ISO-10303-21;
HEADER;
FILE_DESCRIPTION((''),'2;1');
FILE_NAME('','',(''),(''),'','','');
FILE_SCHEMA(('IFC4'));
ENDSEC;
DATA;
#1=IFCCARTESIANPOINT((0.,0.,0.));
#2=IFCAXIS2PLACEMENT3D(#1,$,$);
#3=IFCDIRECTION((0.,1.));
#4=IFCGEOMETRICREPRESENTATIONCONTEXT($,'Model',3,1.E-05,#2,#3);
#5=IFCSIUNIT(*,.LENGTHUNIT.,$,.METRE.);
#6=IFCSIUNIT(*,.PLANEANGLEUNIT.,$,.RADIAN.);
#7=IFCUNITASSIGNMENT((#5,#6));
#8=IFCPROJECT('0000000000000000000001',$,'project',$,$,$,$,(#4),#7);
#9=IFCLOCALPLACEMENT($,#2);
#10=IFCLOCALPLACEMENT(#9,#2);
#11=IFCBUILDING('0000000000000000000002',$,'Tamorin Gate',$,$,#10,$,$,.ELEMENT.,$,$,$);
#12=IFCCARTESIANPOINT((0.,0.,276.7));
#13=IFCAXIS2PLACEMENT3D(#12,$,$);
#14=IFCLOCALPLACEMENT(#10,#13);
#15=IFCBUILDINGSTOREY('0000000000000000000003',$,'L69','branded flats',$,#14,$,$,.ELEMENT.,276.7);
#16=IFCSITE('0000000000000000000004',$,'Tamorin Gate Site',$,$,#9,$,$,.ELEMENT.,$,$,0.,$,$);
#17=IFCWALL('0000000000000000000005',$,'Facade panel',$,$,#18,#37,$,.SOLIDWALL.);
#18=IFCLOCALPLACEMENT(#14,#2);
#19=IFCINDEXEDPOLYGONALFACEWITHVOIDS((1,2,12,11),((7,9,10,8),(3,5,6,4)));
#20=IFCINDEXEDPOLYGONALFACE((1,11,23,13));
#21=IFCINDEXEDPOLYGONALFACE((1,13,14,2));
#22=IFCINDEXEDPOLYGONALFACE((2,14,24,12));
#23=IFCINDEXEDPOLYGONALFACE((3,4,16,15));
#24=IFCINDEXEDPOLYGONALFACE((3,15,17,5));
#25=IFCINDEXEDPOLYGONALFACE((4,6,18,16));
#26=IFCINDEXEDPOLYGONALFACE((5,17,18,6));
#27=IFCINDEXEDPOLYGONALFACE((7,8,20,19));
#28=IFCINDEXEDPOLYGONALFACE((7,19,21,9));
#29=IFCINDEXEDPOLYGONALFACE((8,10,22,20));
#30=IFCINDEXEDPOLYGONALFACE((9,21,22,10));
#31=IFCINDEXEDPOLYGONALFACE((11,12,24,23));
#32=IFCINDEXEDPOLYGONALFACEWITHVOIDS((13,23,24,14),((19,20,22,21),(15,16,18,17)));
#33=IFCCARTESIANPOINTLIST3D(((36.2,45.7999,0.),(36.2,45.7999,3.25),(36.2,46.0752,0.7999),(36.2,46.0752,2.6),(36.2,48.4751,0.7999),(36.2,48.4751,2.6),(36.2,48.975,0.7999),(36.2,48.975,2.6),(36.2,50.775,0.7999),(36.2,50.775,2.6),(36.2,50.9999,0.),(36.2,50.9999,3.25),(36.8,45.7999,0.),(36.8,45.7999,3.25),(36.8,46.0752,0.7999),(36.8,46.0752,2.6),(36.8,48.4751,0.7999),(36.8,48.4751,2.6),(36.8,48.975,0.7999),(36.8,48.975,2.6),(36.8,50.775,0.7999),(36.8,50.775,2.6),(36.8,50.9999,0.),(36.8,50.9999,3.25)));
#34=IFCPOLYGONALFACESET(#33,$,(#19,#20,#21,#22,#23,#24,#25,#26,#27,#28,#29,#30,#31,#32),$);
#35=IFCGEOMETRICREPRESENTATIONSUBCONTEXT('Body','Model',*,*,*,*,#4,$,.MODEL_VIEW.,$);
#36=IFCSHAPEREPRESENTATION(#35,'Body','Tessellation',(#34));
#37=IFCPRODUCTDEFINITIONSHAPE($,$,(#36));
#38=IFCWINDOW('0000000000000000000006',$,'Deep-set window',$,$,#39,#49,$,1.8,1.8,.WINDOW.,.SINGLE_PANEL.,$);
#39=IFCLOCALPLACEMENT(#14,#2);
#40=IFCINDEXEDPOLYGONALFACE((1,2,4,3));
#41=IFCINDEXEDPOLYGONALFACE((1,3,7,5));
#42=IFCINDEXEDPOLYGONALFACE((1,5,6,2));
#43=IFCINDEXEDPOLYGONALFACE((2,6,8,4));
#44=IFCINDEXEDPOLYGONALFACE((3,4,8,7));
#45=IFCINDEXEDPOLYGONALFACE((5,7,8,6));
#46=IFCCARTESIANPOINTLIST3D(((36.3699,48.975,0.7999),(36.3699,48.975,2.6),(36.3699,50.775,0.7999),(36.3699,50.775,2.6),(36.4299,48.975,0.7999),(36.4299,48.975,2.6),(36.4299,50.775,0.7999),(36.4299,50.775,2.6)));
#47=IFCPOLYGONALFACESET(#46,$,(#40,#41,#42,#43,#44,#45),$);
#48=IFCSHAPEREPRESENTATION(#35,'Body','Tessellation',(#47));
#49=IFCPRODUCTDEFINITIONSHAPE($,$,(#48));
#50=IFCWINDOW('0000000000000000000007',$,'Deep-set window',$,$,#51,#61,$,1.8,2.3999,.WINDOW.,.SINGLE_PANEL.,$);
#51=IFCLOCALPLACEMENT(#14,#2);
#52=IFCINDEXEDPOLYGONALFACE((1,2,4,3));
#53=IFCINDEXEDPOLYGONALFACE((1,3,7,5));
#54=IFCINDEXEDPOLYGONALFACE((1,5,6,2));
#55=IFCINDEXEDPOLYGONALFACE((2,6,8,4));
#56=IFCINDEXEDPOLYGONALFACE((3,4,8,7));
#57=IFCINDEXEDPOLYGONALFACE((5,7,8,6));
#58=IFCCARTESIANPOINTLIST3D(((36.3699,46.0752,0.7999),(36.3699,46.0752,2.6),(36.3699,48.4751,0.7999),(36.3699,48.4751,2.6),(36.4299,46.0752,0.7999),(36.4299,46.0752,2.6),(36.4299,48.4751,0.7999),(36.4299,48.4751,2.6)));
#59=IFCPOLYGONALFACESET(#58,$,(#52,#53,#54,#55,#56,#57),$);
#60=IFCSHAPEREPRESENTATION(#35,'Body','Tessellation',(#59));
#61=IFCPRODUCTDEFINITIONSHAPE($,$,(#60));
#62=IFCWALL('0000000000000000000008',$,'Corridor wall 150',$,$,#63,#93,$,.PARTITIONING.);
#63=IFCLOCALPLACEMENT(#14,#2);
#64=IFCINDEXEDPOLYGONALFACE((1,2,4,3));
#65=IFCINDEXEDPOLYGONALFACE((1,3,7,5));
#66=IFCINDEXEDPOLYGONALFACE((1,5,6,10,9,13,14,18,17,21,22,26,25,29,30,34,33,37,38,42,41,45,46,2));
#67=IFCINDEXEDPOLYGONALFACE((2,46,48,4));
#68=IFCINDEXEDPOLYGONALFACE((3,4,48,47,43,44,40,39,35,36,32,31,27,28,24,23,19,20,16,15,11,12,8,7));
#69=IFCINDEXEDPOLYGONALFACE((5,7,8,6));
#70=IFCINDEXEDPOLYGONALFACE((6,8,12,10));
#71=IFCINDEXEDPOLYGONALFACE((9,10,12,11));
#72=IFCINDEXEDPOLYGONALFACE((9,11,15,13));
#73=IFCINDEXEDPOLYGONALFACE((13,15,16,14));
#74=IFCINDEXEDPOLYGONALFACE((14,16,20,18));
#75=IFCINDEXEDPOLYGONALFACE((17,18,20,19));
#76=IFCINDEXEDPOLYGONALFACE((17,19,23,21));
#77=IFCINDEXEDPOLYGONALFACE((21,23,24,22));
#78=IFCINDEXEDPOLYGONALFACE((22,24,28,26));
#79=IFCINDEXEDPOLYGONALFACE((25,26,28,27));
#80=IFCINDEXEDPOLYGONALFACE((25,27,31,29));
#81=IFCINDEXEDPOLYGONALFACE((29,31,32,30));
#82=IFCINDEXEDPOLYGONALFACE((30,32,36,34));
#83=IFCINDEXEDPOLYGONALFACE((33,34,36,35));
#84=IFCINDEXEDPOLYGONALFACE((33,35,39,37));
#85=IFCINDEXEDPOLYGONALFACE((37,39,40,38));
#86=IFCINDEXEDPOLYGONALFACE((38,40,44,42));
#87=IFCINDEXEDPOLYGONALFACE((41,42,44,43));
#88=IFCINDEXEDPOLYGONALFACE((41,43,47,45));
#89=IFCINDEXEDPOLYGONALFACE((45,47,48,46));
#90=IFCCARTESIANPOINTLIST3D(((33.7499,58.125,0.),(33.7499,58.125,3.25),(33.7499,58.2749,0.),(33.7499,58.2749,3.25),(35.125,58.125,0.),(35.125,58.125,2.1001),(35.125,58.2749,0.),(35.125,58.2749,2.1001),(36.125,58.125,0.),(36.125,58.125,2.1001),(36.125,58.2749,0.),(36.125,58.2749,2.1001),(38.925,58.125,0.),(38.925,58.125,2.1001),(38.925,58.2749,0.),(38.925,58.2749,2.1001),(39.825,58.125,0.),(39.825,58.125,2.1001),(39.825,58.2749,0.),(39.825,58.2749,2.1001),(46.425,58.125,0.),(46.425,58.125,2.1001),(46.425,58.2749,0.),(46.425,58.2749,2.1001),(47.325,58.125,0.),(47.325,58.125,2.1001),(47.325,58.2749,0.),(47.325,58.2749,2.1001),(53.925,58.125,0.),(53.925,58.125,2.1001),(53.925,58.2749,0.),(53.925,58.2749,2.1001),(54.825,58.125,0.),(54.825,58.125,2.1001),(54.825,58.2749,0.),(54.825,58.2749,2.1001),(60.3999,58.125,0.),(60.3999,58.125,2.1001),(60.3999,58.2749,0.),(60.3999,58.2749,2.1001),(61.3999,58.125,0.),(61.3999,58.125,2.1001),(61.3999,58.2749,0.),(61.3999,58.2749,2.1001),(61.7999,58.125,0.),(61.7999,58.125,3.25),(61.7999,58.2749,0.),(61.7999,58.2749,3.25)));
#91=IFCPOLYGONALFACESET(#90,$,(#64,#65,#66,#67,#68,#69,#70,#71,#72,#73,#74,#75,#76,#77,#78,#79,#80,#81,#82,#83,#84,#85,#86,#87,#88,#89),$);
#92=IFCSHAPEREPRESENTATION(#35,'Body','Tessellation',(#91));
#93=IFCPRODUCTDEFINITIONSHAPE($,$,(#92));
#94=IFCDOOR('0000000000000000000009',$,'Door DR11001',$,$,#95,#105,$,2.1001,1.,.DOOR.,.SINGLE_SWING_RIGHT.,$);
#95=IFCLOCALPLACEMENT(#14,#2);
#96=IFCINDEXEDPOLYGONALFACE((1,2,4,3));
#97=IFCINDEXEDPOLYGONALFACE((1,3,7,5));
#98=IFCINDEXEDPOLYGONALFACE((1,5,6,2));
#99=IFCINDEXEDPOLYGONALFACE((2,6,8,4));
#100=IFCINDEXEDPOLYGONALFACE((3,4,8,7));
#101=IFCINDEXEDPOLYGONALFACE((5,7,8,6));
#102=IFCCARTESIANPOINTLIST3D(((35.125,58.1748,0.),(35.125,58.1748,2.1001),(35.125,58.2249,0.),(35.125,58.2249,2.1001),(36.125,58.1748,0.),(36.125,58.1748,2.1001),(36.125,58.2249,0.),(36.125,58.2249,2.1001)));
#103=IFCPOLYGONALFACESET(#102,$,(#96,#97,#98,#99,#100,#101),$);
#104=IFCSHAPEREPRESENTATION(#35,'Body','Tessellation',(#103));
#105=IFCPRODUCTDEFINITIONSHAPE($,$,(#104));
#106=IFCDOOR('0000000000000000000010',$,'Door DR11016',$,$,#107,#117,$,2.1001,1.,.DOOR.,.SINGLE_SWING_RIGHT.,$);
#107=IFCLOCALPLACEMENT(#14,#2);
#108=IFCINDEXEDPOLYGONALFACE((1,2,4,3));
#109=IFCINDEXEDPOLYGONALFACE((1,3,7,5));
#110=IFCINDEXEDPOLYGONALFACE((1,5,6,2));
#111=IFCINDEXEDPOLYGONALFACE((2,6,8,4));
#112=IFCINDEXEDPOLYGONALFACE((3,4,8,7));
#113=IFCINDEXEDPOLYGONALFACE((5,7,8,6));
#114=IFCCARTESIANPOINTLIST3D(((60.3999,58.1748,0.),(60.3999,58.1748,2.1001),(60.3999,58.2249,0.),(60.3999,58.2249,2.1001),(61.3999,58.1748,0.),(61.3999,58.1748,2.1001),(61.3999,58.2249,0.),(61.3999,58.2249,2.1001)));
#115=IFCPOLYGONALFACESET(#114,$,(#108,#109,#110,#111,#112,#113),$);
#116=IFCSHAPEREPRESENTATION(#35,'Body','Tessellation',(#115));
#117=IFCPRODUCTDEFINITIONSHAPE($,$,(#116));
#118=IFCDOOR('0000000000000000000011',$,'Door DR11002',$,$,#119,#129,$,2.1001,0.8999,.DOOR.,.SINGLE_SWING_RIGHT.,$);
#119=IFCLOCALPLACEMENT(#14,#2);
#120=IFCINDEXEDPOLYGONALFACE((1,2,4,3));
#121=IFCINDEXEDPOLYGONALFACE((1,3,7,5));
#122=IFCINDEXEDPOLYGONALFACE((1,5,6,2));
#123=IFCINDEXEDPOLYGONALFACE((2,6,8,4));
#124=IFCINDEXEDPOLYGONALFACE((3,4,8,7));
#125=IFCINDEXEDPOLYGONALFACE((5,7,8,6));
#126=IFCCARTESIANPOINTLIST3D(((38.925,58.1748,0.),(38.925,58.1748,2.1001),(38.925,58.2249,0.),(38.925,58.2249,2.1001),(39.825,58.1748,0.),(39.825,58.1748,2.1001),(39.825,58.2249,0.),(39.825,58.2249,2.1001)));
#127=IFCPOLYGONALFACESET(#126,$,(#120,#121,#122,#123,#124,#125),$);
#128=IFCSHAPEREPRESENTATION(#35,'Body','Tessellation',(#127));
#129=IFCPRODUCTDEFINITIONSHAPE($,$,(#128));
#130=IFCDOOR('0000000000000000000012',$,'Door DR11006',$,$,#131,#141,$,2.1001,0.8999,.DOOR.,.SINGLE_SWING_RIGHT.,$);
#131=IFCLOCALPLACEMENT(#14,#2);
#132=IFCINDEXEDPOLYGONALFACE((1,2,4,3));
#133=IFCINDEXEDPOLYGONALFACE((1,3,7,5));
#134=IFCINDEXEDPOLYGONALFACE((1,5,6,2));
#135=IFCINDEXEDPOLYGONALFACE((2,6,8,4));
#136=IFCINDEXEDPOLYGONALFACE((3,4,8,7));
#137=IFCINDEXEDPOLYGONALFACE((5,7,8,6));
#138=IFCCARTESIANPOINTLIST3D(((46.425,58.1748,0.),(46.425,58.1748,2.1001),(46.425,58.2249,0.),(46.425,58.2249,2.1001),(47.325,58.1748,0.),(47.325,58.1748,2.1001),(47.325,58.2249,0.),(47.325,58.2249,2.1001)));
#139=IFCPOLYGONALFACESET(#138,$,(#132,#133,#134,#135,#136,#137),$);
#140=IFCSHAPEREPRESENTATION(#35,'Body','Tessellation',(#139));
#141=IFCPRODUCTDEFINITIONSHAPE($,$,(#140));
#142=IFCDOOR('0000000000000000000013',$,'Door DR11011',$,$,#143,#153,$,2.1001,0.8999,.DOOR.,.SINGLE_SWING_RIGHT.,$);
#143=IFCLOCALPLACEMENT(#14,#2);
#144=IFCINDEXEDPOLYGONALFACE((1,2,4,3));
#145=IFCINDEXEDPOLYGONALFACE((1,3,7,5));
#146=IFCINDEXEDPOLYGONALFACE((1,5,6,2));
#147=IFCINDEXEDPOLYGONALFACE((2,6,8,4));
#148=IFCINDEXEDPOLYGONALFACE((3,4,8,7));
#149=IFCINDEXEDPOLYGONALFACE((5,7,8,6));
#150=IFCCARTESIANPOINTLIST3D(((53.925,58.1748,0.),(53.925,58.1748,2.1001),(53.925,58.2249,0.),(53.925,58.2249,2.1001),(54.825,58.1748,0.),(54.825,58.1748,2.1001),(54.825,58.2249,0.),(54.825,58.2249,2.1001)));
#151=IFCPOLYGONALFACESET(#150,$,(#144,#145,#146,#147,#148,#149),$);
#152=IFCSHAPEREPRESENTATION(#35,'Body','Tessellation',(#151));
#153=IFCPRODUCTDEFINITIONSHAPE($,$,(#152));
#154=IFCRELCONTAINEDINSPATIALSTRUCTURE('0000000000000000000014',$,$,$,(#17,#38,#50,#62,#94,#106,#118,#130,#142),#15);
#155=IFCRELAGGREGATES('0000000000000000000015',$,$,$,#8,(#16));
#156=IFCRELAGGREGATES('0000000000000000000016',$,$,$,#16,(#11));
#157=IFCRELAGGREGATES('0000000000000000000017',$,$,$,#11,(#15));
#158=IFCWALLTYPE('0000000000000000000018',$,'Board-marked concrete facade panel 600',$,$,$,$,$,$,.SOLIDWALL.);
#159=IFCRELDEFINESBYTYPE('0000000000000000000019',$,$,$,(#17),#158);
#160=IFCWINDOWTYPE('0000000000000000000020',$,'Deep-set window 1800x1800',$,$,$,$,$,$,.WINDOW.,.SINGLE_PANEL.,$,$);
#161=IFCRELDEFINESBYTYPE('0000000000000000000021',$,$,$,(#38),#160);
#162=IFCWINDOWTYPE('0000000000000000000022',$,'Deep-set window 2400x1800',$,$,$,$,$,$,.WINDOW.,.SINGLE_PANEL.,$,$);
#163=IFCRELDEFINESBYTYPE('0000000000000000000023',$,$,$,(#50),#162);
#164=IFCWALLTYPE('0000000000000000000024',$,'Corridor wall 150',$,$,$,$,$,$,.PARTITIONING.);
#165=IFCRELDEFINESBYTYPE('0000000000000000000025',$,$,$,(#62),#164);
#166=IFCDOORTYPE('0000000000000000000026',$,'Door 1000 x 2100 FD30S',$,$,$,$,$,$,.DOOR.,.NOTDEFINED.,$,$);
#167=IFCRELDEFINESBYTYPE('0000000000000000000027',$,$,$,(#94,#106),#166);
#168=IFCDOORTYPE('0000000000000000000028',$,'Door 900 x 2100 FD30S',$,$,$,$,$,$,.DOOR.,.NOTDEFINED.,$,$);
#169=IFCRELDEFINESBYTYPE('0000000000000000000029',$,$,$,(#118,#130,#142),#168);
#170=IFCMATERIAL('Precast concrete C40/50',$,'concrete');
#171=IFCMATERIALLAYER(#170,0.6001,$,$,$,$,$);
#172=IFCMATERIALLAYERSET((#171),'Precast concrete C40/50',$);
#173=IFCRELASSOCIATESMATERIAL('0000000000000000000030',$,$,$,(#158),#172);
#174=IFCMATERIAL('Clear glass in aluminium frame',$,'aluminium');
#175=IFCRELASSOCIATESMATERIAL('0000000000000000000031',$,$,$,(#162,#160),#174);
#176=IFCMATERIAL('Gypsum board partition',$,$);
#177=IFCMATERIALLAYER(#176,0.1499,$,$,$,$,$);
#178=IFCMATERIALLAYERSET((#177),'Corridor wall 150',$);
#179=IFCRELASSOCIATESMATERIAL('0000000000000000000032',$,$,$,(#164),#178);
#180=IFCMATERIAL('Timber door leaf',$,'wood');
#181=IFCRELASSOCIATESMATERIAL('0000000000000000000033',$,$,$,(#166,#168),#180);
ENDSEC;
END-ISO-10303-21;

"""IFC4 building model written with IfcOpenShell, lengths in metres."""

from ifc_helpers import new_model, si_unit, direction, frame, frame_2d, origin, place, context, subcontext, project, spatial, rectangle, extrude, material, layer, layer_set, type_object, element, fill, save


model = new_model("IFC4")

# Units and contexts
model_context = context("Model", 3, precision=1e-05, world=origin(), true_north=direction((0.0, 1.0)))
body_context = subcontext(model_context, "Body", "Model", "MODEL_VIEW")
ifc_project = project(units=[si_unit("LENGTHUNIT", "METRE"), si_unit("PLANEANGLEUNIT", "RADIAN")], contexts=[model_context])

# Site, building, storey
site_placement = place(None, origin())
site = spatial("IfcSite", under=ifc_project, at=site_placement, Name="Tamorin Gate Site", CompositionType="ELEMENT", RefElevation=0.0)
building_placement = place(site_placement, origin())
building = spatial("IfcBuilding", under=site, at=building_placement, Name="Tamorin Gate", CompositionType="ELEMENT")
storey_placement = place(building_placement, frame((0.0, 0.0, 276.7)))
storey = spatial("IfcBuildingStorey", under=building, at=storey_placement, Name="L69", Description="branded flats", CompositionType="ELEMENT", Elevation=276.7)

# Shared definitions
ifc_material_1 = material(Name="Precast concrete C40/50", Category="concrete")
ifc_layer_1 = layer(ifc_material_1, 0.6001)
ifc_layer_set_1 = layer_set([ifc_layer_1], Name="Precast concrete C40/50")
wall_type_1 = type_object("IfcWallType", Name="Board-marked concrete facade panel 600", PredefinedType="SOLIDWALL", material=ifc_layer_set_1)
ifc_material_2 = material(Name="Clear glass in aluminium frame", Category="aluminium")
window_type_1 = type_object("IfcWindowType", Name="Deep-set window 2400x1800", PartitioningType="SINGLE_PANEL", PredefinedType="WINDOW", material=ifc_material_2)

# Wall, openings, windows
window_type_2 = type_object("IfcWindowType", Name="Deep-set window 1800x1800", PartitioningType="SINGLE_PANEL", PredefinedType="WINDOW", material=ifc_material_2)
wall_1_placement = place(storey_placement, frame((36.5, 51.0, 0.0), z_axis=(0.0, 0.0, 1.0), x_axis=(0.0, -1.0, 0.0)))
wall_1 = element("IfcWall", 1, at=wall_1_placement, inside=storey, type_object=wall_type_1, Name="Facade panel", PredefinedType="SOLIDWALL", context=body_context, shape_type="SweptSolid", body=[
    extrude(rectangle(XDim=5.2, YDim=0.6001, at=frame_2d((2.6001, 0.0))), origin(), (0.0, 0.0, 1.0), 3.25),
])
opening_1_placement = place(wall_1_placement, frame((2.5249, 0.0, 0.8)))
opening_1 = element("IfcOpeningElement", 2, at=opening_1_placement, cuts=wall_1, PredefinedType="OPENING", context=body_context, shape_type="SweptSolid", body=[
    extrude(rectangle(XDim=2.3999, YDim=1.8, at=frame_2d((1.2, 0.8999))), frame((0.0, 0.3101, 0.0), z_axis=(0.0, -1.0, 0.0), x_axis=(1.0, 0.0, 0.0)), (0.0, 0.0, 1.0), 0.6201),
])
opening_2_placement = place(wall_1_placement, frame((0.2251, 0.0, 0.8)))
opening_2 = element("IfcOpeningElement", 3, at=opening_2_placement, cuts=wall_1, PredefinedType="OPENING", context=body_context, shape_type="SweptSolid", body=[
    extrude(rectangle(XDim=1.8, YDim=1.8, at=frame_2d((0.8999, 0.8999))), frame((0.0, 0.3101, 0.0), z_axis=(0.0, -1.0, 0.0), x_axis=(1.0, 0.0, 0.0)), (0.0, 0.0, 1.0), 0.6201),
])
window_1_placement = place(opening_2_placement, origin())
window_1 = element("IfcWindow", 4, at=window_1_placement, inside=storey, type_object=window_type_2, Name="Deep-set window", OverallHeight=1.8, OverallWidth=1.8, PartitioningType="SINGLE_PANEL", PredefinedType="WINDOW", context=body_context, shape_type="SweptSolid", body=[
    extrude(rectangle(XDim=1.8, YDim=1.8, at=frame_2d((0.8999, 0.8999))), frame((0.0, -0.0701, 0.0), z_axis=(0.0, -1.0, 0.0), x_axis=(1.0, 0.0, 0.0)), (0.0, 0.0, 1.0), 0.0601),
])
fill(opening_2, window_1)
window_2_placement = place(opening_1_placement, origin())
window_2 = element("IfcWindow", 5, at=window_2_placement, inside=storey, type_object=window_type_1, Name="Deep-set window", OverallHeight=1.8, OverallWidth=2.3999, PartitioningType="SINGLE_PANEL", PredefinedType="WINDOW", context=body_context, shape_type="SweptSolid", body=[
    extrude(rectangle(XDim=2.3999, YDim=1.8, at=frame_2d((1.2, 0.8999))), frame((0.0, -0.0701, 0.0), z_axis=(0.0, -1.0, 0.0), x_axis=(1.0, 0.0, 0.0)), (0.0, 0.0, 1.0), 0.0601),
])
fill(opening_1, window_2)

# Wall, openings, doors
ifc_material_3 = material(Name="Gypsum board partition")
ifc_layer_2 = layer(ifc_material_3, 0.1499)
ifc_layer_set_2 = layer_set([ifc_layer_2], Name="Corridor wall 150")
wall_type_2 = type_object("IfcWallType", Name="Corridor wall 150", PredefinedType="PARTITIONING", material=ifc_layer_set_2)
wall_2_placement = place(storey_placement, frame((33.75, 58.2, 0.0), z_axis=(0.0, 0.0, 1.0), x_axis=(1.0, 0.0, 0.0)))
wall_2 = element("IfcWall", 6, at=wall_2_placement, inside=storey, type_object=wall_type_2, Name="Corridor wall 150", PredefinedType="PARTITIONING", context=body_context, shape_type="SweptSolid", body=[
    extrude(rectangle(XDim=28.05, YDim=0.1499, at=frame_2d((14.0249, 0.0))), origin(), (0.0, 0.0, 1.0), 3.25),
])
opening_3_placement = place(wall_2_placement, frame((1.375, 0.0, 0.0)))
opening_3 = element("IfcOpeningElement", 7, at=opening_3_placement, cuts=wall_2, PredefinedType="OPENING", context=body_context, shape_type="SweptSolid", body=[
    extrude(rectangle(XDim=1.0, YDim=2.1001, at=frame_2d((0.5, 1.05))), frame((0.0, 0.085, 0.0), z_axis=(0.0, -1.0, 0.0), x_axis=(1.0, 0.0, 0.0)), (0.0, 0.0, 1.0), 0.1699),
])
opening_4_placement = place(wall_2_placement, frame((5.175, 0.0, 0.0)))
opening_4 = element("IfcOpeningElement", 8, at=opening_4_placement, cuts=wall_2, PredefinedType="OPENING", context=body_context, shape_type="SweptSolid", body=[
    extrude(rectangle(XDim=0.8999, YDim=2.1001, at=frame_2d((0.45, 1.05))), frame((0.0, 0.085, 0.0), z_axis=(0.0, -1.0, 0.0), x_axis=(1.0, 0.0, 0.0)), (0.0, 0.0, 1.0), 0.1699),
])
opening_5_placement = place(wall_2_placement, frame((12.675, 0.0, 0.0)))
opening_5 = element("IfcOpeningElement", 9, at=opening_5_placement, cuts=wall_2, PredefinedType="OPENING", context=body_context, shape_type="SweptSolid", body=[
    extrude(rectangle(XDim=0.8999, YDim=2.1001, at=frame_2d((0.45, 1.05))), frame((0.0, 0.085, 0.0), z_axis=(0.0, -1.0, 0.0), x_axis=(1.0, 0.0, 0.0)), (0.0, 0.0, 1.0), 0.1699),
])
opening_6_placement = place(wall_2_placement, frame((20.175, 0.0, 0.0)))
opening_6 = element("IfcOpeningElement", 10, at=opening_6_placement, cuts=wall_2, PredefinedType="OPENING", context=body_context, shape_type="SweptSolid", body=[
    extrude(rectangle(XDim=0.8999, YDim=2.1001, at=frame_2d((0.45, 1.05))), frame((0.0, 0.085, 0.0), z_axis=(0.0, -1.0, 0.0), x_axis=(1.0, 0.0, 0.0)), (0.0, 0.0, 1.0), 0.1699),
])
opening_7_placement = place(wall_2_placement, frame((26.6499, 0.0, 0.0)))
opening_7 = element("IfcOpeningElement", 11, at=opening_7_placement, cuts=wall_2, PredefinedType="OPENING", context=body_context, shape_type="SweptSolid", body=[
    extrude(rectangle(XDim=1.0, YDim=2.1001, at=frame_2d((0.5, 1.05))), frame((0.0, 0.085, 0.0), z_axis=(0.0, -1.0, 0.0), x_axis=(1.0, 0.0, 0.0)), (0.0, 0.0, 1.0), 0.1699),
])
ifc_material_4 = material(Name="Timber door leaf", Category="wood")
door_type_1 = type_object("IfcDoorType", Name="Door 1000 x 2100 FD30S", OperationType="NOTDEFINED", PredefinedType="DOOR", material=ifc_material_4)
door_1_placement = place(opening_3_placement, origin())
door_1 = element("IfcDoor", 12, at=door_1_placement, inside=storey, type_object=door_type_1, Name="Door DR11001", OperationType="SINGLE_SWING_RIGHT", OverallHeight=2.1001, OverallWidth=1.0, PredefinedType="DOOR", context=body_context, shape_type="SweptSolid", body=[
    extrude(rectangle(XDim=1.0, YDim=2.1001, at=frame_2d((0.5, 1.05))), frame((0.0, 0.0249, 0.0), z_axis=(0.0, -1.0, 0.0), x_axis=(1.0, 0.0, 0.0)), (0.0, 0.0, 1.0), 0.05),
])
fill(opening_3, door_1)
door_2_placement = place(opening_7_placement, origin())
door_2 = element("IfcDoor", 13, at=door_2_placement, inside=storey, type_object=door_type_1, Name="Door DR11016", OperationType="SINGLE_SWING_RIGHT", OverallHeight=2.1001, OverallWidth=1.0, PredefinedType="DOOR", context=body_context, shape_type="SweptSolid", body=[
    extrude(rectangle(XDim=1.0, YDim=2.1001, at=frame_2d((0.5, 1.05))), frame((0.0, 0.0249, 0.0), z_axis=(0.0, -1.0, 0.0), x_axis=(1.0, 0.0, 0.0)), (0.0, 0.0, 1.0), 0.05),
])
fill(opening_7, door_2)
door_type_2 = type_object("IfcDoorType", Name="Door 900 x 2100 FD30S", OperationType="NOTDEFINED", PredefinedType="DOOR", material=ifc_material_4)
door_3_placement = place(opening_4_placement, origin())
door_3 = element("IfcDoor", 14, at=door_3_placement, inside=storey, type_object=door_type_2, Name="Door DR11002", OperationType="SINGLE_SWING_RIGHT", OverallHeight=2.1001, OverallWidth=0.8999, PredefinedType="DOOR", context=body_context, shape_type="SweptSolid", body=[
    extrude(rectangle(XDim=0.8999, YDim=2.1001, at=frame_2d((0.45, 1.05))), frame((0.0, 0.0249, 0.0), z_axis=(0.0, -1.0, 0.0), x_axis=(1.0, 0.0, 0.0)), (0.0, 0.0, 1.0), 0.05),
])
fill(opening_4, door_3)
door_4_placement = place(opening_5_placement, origin())
door_4 = element("IfcDoor", 15, at=door_4_placement, inside=storey, type_object=door_type_2, Name="Door DR11006", OperationType="SINGLE_SWING_RIGHT", OverallHeight=2.1001, OverallWidth=0.8999, PredefinedType="DOOR", context=body_context, shape_type="SweptSolid", body=[
    extrude(rectangle(XDim=0.8999, YDim=2.1001, at=frame_2d((0.45, 1.05))), frame((0.0, 0.0249, 0.0), z_axis=(0.0, -1.0, 0.0), x_axis=(1.0, 0.0, 0.0)), (0.0, 0.0, 1.0), 0.05),
])
fill(opening_5, door_4)
door_5_placement = place(opening_6_placement, origin())
door_5 = element("IfcDoor", 16, at=door_5_placement, inside=storey, type_object=door_type_2, Name="Door DR11011", OperationType="SINGLE_SWING_RIGHT", OverallHeight=2.1001, OverallWidth=0.8999, PredefinedType="DOOR", context=body_context, shape_type="SweptSolid", body=[
    extrude(rectangle(XDim=0.8999, YDim=2.1001, at=frame_2d((0.45, 1.05))), frame((0.0, 0.0249, 0.0), z_axis=(0.0, -1.0, 0.0), x_axis=(1.0, 0.0, 0.0)), (0.0, 0.0, 1.0), 0.05),
])
fill(opening_6, door_5)

save(model, "model.ifc")
